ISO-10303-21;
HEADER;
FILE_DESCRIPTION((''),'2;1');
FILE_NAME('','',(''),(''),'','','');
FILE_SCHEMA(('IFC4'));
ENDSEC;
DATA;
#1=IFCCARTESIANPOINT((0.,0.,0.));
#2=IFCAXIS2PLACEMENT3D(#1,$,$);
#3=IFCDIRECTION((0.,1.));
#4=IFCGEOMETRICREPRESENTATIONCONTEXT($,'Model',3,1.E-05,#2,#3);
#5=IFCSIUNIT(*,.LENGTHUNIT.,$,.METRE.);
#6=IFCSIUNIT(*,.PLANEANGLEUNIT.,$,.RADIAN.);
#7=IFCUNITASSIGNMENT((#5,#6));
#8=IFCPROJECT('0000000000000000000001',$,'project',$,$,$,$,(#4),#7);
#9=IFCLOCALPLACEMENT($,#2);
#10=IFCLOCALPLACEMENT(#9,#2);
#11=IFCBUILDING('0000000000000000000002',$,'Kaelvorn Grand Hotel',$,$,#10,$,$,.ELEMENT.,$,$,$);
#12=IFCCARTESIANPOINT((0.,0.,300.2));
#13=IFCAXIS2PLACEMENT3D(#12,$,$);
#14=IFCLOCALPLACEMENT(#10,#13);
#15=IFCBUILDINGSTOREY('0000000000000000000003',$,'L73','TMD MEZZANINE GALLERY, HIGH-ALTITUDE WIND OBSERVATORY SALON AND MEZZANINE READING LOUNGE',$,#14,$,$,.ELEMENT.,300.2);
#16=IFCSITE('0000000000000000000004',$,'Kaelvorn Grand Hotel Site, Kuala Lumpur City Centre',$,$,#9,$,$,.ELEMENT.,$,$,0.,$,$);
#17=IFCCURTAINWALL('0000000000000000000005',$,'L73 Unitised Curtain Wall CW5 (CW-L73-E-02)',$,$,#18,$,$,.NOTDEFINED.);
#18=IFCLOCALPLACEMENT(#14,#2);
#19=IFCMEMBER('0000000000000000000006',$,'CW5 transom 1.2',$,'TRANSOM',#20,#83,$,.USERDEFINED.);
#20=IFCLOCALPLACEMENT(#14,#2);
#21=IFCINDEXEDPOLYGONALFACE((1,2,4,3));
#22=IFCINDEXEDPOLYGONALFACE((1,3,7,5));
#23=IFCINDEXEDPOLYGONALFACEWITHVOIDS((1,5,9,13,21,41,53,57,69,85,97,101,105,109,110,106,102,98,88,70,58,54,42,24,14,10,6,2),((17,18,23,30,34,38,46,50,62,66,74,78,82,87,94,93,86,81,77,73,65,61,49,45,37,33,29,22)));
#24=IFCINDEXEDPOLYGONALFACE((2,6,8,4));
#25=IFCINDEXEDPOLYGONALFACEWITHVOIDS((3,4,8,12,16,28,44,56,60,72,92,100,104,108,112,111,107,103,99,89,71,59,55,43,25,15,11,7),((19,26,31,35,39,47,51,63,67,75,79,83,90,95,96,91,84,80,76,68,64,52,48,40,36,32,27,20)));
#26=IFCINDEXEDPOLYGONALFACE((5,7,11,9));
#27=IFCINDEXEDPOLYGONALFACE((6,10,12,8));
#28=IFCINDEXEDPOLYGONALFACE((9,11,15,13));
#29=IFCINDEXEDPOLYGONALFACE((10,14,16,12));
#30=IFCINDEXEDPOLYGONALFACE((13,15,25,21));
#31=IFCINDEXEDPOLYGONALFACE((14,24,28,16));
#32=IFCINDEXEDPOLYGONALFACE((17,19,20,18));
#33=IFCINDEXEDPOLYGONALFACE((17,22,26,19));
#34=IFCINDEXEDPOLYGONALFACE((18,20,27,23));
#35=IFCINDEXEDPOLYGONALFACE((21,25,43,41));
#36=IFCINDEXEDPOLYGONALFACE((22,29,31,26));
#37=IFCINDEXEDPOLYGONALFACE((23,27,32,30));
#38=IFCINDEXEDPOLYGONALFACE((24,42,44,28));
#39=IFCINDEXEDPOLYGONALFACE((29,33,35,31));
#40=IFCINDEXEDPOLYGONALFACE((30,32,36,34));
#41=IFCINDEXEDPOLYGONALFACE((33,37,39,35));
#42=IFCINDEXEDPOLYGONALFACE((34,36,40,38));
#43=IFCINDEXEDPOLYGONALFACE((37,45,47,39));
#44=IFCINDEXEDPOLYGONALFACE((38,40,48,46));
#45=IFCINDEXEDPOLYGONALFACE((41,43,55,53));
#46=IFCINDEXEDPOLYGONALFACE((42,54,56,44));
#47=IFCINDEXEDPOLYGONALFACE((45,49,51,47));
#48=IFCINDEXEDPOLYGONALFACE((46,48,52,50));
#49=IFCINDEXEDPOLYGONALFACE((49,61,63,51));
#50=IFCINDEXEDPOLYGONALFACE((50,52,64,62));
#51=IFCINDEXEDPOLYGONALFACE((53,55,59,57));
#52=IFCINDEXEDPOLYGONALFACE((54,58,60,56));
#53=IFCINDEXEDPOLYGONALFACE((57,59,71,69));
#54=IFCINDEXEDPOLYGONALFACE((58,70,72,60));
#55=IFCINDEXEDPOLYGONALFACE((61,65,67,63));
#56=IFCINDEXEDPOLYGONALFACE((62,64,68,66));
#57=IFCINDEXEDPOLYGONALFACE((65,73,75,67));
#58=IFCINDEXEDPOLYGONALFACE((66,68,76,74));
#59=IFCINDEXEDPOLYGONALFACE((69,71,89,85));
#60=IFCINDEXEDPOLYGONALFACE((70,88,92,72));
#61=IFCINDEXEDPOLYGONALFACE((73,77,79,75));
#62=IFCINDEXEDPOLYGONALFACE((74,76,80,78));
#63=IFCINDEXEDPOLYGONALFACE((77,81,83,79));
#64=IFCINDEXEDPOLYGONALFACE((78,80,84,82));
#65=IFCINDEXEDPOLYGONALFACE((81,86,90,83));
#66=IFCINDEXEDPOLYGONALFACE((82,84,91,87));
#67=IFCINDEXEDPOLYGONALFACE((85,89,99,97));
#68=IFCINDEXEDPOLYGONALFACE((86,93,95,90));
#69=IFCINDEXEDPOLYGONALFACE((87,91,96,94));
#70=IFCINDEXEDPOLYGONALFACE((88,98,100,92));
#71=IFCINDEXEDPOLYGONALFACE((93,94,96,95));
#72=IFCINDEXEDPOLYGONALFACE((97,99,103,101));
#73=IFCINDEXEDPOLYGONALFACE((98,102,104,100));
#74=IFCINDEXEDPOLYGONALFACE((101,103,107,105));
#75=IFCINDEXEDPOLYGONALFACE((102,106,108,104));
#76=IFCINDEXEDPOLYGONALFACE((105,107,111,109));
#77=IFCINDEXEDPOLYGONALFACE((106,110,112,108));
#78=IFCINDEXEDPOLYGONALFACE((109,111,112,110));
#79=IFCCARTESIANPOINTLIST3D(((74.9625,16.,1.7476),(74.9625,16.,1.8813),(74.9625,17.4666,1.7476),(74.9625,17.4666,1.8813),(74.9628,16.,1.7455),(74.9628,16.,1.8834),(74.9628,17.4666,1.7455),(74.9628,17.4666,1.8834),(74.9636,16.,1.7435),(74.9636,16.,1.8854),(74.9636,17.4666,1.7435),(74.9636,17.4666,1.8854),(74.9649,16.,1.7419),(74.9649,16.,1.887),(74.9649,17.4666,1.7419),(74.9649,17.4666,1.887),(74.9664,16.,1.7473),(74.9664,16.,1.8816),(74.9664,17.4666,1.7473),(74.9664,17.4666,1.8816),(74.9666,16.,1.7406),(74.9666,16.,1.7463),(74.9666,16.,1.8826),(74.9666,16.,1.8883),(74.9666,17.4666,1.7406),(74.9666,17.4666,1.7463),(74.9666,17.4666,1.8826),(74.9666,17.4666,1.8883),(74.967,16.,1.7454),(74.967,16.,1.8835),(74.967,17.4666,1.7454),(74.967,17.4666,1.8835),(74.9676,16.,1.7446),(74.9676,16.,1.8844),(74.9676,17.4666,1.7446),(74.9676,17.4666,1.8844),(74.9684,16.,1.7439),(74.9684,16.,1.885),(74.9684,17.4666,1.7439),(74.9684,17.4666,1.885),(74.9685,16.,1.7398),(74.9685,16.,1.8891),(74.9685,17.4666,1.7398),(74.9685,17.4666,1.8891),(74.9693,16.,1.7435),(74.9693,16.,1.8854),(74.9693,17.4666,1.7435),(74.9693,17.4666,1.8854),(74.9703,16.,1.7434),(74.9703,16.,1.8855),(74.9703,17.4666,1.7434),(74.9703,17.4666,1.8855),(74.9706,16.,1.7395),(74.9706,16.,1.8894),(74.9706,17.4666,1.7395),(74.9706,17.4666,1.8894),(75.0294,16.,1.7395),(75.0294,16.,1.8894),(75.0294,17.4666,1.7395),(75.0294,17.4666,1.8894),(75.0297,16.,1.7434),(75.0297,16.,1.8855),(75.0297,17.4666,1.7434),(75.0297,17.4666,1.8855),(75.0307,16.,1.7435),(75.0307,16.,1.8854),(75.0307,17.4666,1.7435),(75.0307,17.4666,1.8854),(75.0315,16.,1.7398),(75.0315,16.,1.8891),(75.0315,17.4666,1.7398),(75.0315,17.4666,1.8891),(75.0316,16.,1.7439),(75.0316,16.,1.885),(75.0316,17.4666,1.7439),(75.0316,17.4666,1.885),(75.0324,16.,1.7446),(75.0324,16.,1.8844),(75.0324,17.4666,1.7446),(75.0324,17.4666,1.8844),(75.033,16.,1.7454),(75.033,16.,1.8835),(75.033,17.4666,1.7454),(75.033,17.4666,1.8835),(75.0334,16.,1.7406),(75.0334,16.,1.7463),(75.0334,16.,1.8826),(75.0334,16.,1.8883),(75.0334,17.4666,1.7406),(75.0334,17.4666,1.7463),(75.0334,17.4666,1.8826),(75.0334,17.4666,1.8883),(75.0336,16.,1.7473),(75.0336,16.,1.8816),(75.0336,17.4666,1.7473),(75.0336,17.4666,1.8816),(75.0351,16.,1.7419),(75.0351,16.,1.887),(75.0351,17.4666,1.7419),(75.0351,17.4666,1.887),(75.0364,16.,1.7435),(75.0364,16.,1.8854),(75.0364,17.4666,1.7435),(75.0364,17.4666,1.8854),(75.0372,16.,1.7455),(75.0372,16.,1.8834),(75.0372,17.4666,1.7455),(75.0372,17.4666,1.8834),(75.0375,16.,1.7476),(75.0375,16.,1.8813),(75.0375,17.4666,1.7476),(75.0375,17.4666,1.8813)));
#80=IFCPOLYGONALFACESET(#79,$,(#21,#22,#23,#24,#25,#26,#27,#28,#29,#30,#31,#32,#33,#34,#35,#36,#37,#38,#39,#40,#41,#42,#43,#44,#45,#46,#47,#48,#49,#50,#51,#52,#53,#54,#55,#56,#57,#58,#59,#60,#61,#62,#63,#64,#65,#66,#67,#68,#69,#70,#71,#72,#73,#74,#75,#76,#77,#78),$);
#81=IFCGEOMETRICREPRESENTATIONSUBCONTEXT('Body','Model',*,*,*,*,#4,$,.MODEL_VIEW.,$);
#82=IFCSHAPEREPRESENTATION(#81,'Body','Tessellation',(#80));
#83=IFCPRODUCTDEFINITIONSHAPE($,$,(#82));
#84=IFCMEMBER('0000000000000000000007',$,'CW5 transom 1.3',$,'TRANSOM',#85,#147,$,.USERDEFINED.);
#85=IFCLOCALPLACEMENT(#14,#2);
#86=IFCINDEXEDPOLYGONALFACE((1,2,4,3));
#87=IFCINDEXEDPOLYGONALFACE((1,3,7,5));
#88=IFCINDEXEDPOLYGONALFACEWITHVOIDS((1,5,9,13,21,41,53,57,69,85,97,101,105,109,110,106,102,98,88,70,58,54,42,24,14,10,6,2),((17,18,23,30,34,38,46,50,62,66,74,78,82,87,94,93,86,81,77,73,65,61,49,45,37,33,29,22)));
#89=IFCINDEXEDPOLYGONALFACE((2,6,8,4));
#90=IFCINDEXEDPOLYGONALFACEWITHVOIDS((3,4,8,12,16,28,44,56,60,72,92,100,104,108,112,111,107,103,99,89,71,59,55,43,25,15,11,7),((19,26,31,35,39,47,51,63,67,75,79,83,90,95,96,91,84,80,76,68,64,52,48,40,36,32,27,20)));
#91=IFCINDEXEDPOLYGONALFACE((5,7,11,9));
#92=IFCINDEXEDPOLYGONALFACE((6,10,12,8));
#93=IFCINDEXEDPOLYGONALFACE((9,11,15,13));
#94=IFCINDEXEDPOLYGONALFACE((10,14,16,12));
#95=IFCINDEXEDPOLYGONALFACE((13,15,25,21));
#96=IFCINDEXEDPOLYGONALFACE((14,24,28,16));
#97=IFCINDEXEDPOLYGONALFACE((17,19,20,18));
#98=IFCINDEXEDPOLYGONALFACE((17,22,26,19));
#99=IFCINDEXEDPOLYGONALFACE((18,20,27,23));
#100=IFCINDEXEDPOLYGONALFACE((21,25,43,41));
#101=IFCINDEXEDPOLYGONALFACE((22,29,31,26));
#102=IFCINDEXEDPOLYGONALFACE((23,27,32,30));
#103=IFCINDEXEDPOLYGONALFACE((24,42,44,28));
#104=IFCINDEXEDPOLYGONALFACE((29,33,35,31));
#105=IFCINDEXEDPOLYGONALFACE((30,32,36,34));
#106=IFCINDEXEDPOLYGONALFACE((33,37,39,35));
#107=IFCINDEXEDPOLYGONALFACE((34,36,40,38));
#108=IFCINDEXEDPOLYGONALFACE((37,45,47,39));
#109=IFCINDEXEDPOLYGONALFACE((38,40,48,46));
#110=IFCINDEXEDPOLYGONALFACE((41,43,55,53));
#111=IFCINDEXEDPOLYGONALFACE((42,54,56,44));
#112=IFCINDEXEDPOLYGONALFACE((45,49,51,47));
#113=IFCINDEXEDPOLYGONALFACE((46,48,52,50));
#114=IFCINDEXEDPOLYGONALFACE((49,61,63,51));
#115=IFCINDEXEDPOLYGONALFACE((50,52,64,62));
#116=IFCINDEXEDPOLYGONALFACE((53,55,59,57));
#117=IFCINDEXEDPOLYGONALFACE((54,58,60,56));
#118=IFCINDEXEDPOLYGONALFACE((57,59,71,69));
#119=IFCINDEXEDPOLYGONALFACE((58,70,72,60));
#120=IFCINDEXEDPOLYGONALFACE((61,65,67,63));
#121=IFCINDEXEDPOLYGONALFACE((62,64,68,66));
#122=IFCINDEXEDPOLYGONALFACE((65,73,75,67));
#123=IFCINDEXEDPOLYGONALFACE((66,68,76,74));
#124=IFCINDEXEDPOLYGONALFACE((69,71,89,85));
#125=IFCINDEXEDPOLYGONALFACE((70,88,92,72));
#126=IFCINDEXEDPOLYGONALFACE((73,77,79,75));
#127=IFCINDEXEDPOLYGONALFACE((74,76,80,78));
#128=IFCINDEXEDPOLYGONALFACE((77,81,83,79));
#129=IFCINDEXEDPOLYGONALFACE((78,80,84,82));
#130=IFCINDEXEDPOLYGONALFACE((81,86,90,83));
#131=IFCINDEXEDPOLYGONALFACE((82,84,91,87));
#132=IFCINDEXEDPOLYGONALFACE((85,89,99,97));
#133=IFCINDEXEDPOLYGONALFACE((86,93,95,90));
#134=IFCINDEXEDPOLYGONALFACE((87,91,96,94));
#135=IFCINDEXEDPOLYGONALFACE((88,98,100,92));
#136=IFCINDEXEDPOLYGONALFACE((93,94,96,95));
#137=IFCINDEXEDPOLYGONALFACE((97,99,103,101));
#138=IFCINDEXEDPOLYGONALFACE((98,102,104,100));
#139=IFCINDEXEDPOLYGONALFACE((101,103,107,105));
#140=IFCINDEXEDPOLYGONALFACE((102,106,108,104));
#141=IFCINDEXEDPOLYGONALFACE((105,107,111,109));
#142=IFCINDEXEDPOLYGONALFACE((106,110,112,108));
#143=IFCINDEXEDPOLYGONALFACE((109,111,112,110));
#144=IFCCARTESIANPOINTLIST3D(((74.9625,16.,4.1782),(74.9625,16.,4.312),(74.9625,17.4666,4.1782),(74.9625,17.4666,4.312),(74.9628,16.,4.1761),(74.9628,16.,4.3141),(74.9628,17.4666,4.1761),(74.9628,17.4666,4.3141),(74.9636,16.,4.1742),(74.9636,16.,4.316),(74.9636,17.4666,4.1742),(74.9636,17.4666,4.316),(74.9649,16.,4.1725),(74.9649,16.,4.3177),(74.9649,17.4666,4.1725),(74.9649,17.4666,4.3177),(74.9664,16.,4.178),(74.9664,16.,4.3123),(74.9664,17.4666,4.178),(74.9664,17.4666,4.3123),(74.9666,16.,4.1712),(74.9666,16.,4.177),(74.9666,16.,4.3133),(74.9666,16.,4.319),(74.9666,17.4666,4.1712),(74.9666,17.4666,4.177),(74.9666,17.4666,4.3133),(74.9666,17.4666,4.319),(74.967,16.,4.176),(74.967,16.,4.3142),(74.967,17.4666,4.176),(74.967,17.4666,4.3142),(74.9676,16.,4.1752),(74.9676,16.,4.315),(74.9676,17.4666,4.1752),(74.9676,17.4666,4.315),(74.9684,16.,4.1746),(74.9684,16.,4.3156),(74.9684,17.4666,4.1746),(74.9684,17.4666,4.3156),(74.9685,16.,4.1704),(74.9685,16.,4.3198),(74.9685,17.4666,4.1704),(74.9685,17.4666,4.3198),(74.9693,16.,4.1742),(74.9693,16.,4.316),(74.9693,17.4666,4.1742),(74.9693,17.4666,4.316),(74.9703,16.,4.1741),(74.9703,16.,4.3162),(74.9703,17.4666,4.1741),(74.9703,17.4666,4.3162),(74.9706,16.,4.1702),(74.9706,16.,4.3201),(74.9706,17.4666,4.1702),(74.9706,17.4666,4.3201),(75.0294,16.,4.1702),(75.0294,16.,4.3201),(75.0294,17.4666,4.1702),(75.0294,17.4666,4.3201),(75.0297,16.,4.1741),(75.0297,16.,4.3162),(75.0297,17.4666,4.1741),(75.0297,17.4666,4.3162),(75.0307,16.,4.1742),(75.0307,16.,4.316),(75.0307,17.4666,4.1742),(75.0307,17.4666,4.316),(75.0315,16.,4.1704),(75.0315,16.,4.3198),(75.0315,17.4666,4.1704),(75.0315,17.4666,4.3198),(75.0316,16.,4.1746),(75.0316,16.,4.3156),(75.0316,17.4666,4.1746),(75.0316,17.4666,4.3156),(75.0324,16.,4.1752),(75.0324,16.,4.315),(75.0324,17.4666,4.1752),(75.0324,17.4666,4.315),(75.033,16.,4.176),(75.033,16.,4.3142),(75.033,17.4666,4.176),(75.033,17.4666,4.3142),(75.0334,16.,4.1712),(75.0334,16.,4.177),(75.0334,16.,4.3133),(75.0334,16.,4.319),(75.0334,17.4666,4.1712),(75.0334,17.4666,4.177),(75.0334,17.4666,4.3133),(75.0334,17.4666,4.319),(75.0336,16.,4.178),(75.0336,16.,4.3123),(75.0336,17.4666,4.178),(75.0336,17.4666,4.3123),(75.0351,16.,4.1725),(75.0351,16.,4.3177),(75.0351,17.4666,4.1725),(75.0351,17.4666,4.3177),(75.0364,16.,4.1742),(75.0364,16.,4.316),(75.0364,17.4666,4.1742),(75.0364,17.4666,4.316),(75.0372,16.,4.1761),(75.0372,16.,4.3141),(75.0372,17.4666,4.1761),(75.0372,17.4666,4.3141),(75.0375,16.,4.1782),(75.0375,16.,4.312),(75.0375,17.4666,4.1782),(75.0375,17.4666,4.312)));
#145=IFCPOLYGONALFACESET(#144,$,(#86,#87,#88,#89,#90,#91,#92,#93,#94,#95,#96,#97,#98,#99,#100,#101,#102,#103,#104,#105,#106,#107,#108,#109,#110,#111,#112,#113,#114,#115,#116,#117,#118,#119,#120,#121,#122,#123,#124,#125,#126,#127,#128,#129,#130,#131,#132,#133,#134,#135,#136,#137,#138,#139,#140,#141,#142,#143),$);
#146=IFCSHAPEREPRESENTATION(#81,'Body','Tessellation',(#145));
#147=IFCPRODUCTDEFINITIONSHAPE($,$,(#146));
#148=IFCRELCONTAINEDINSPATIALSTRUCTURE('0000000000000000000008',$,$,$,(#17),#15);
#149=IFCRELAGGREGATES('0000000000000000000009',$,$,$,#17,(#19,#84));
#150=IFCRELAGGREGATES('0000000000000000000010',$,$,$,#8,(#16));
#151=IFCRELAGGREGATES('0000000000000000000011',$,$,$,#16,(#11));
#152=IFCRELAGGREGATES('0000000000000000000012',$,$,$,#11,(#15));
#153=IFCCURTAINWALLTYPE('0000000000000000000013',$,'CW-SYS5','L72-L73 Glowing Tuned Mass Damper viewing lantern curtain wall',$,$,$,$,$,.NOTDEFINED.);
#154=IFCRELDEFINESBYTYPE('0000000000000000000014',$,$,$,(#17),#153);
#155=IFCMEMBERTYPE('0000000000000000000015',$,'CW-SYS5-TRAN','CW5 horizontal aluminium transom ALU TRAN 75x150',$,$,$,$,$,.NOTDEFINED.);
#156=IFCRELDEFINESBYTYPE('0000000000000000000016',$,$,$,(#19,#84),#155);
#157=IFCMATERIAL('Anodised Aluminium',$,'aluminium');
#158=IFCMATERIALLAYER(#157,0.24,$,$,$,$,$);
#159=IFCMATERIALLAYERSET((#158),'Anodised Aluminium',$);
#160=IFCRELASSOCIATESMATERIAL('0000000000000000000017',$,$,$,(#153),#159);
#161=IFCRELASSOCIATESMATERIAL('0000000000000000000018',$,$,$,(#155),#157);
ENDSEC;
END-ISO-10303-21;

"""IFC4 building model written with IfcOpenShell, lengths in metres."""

from ifc_helpers import new_model, si_unit, direction, frame, origin, origin_2d, place, context, subcontext, project, spatial, hollow_rectangle, extrude, material, layer, layer_set, material_profile, profile_set, type_object, element, aggregate, save


model = new_model("IFC4")

# Units and contexts
model_context = context("Model", 3, precision=1e-05, world=origin(), true_north=direction((0.0, 1.0)))
body_context = subcontext(model_context, "Body", "Model", "MODEL_VIEW")
ifc_project = project(units=[si_unit("LENGTHUNIT", "METRE"), si_unit("PLANEANGLEUNIT", "RADIAN")], contexts=[model_context])

# Site, building, storey
site_placement = place(None, origin())
site = spatial("IfcSite", under=ifc_project, at=site_placement, Name="Kaelvorn Grand Hotel Site, Kuala Lumpur City Centre", CompositionType="ELEMENT", RefElevation=0.0)
building_placement = place(site_placement, origin())
building = spatial("IfcBuilding", under=site, at=building_placement, Name="Kaelvorn Grand Hotel", CompositionType="ELEMENT")
storey_placement = place(building_placement, frame((0.0, 0.0, 300.2)))
storey = spatial("IfcBuildingStorey", under=building, at=storey_placement, Name="L73", Description="TMD MEZZANINE GALLERY, HIGH-ALTITUDE WIND OBSERVATORY SALON AND MEZZANINE READING LOUNGE", CompositionType="ELEMENT", Elevation=300.2)

# Curtain wall, members
ifc_material_1 = material(Name="Anodised Aluminium", Category="aluminium")
ifc_layer_1 = layer(ifc_material_1, 0.24)
ifc_layer_set_1 = layer_set([ifc_layer_1], Name="Anodised Aluminium")
curtain_wall_type = type_object("IfcCurtainWallType", Name="CW-SYS5", Description="L72-L73 Glowing Tuned Mass Damper viewing lantern curtain wall", PredefinedType="NOTDEFINED", material=ifc_layer_set_1)
curtain_wall_placement = place(storey_placement, origin())
curtain_wall = element("IfcCurtainWall", 1, at=curtain_wall_placement, inside=storey, type_object=curtain_wall_type, Name="L73 Unitised Curtain Wall CW5 (CW-L73-E-02)", PredefinedType="NOTDEFINED")
ifc_material_profile_1 = material_profile(ifc_material_1, hollow_rectangle(XDim=0.075, YDim=0.1499, WallThickness=0.0039, InnerFilletRadius=0.0039, OuterFilletRadius=0.0081, at=origin_2d()), Name="ALU TRAN 75x150")
ifc_profile_set_1 = profile_set([ifc_material_profile_1], Name="Anodised Aluminium")
member_type_1 = type_object("IfcMemberType", Name="CW-SYS5-TRAN", Description="CW5 horizontal aluminium transom ALU TRAN 75x150", PredefinedType="NOTDEFINED", material=ifc_profile_set_1)
member_1_placement = place(storey_placement, frame((75.0, 16.0, 1.8145), z_axis=(0.0, 1.0, 0.0), x_axis=(-1.0, 0.0, 0.0)))
member_1 = element("IfcMember", 2, at=member_1_placement, type_object=member_type_1, Name="CW5 transom 1.2", ObjectType="TRANSOM", PredefinedType="USERDEFINED", context=body_context, shape_type="SweptSolid", body=[
    extrude(hollow_rectangle(XDim=0.075, YDim=0.1499, WallThickness=0.0039, InnerFilletRadius=0.0039, OuterFilletRadius=0.0081, at=origin_2d()), origin(), (0.0, 0.0, 1.0), 1.4666),
])
member_2_placement = place(storey_placement, frame((75.0, 16.0, 4.2451), z_axis=(0.0, 1.0, 0.0), x_axis=(-1.0, 0.0, 0.0)))
member_2 = element("IfcMember", 3, at=member_2_placement, type_object=member_type_1, Name="CW5 transom 1.3", ObjectType="TRANSOM", PredefinedType="USERDEFINED", context=body_context, shape_type="SweptSolid", body=[
    extrude(hollow_rectangle(XDim=0.075, YDim=0.1499, WallThickness=0.0039, InnerFilletRadius=0.0039, OuterFilletRadius=0.0081, at=origin_2d()), origin(), (0.0, 0.0, 1.0), 1.4666),
])
aggregate(curtain_wall, [member_1, member_2])

save(model, "model.ifc")
